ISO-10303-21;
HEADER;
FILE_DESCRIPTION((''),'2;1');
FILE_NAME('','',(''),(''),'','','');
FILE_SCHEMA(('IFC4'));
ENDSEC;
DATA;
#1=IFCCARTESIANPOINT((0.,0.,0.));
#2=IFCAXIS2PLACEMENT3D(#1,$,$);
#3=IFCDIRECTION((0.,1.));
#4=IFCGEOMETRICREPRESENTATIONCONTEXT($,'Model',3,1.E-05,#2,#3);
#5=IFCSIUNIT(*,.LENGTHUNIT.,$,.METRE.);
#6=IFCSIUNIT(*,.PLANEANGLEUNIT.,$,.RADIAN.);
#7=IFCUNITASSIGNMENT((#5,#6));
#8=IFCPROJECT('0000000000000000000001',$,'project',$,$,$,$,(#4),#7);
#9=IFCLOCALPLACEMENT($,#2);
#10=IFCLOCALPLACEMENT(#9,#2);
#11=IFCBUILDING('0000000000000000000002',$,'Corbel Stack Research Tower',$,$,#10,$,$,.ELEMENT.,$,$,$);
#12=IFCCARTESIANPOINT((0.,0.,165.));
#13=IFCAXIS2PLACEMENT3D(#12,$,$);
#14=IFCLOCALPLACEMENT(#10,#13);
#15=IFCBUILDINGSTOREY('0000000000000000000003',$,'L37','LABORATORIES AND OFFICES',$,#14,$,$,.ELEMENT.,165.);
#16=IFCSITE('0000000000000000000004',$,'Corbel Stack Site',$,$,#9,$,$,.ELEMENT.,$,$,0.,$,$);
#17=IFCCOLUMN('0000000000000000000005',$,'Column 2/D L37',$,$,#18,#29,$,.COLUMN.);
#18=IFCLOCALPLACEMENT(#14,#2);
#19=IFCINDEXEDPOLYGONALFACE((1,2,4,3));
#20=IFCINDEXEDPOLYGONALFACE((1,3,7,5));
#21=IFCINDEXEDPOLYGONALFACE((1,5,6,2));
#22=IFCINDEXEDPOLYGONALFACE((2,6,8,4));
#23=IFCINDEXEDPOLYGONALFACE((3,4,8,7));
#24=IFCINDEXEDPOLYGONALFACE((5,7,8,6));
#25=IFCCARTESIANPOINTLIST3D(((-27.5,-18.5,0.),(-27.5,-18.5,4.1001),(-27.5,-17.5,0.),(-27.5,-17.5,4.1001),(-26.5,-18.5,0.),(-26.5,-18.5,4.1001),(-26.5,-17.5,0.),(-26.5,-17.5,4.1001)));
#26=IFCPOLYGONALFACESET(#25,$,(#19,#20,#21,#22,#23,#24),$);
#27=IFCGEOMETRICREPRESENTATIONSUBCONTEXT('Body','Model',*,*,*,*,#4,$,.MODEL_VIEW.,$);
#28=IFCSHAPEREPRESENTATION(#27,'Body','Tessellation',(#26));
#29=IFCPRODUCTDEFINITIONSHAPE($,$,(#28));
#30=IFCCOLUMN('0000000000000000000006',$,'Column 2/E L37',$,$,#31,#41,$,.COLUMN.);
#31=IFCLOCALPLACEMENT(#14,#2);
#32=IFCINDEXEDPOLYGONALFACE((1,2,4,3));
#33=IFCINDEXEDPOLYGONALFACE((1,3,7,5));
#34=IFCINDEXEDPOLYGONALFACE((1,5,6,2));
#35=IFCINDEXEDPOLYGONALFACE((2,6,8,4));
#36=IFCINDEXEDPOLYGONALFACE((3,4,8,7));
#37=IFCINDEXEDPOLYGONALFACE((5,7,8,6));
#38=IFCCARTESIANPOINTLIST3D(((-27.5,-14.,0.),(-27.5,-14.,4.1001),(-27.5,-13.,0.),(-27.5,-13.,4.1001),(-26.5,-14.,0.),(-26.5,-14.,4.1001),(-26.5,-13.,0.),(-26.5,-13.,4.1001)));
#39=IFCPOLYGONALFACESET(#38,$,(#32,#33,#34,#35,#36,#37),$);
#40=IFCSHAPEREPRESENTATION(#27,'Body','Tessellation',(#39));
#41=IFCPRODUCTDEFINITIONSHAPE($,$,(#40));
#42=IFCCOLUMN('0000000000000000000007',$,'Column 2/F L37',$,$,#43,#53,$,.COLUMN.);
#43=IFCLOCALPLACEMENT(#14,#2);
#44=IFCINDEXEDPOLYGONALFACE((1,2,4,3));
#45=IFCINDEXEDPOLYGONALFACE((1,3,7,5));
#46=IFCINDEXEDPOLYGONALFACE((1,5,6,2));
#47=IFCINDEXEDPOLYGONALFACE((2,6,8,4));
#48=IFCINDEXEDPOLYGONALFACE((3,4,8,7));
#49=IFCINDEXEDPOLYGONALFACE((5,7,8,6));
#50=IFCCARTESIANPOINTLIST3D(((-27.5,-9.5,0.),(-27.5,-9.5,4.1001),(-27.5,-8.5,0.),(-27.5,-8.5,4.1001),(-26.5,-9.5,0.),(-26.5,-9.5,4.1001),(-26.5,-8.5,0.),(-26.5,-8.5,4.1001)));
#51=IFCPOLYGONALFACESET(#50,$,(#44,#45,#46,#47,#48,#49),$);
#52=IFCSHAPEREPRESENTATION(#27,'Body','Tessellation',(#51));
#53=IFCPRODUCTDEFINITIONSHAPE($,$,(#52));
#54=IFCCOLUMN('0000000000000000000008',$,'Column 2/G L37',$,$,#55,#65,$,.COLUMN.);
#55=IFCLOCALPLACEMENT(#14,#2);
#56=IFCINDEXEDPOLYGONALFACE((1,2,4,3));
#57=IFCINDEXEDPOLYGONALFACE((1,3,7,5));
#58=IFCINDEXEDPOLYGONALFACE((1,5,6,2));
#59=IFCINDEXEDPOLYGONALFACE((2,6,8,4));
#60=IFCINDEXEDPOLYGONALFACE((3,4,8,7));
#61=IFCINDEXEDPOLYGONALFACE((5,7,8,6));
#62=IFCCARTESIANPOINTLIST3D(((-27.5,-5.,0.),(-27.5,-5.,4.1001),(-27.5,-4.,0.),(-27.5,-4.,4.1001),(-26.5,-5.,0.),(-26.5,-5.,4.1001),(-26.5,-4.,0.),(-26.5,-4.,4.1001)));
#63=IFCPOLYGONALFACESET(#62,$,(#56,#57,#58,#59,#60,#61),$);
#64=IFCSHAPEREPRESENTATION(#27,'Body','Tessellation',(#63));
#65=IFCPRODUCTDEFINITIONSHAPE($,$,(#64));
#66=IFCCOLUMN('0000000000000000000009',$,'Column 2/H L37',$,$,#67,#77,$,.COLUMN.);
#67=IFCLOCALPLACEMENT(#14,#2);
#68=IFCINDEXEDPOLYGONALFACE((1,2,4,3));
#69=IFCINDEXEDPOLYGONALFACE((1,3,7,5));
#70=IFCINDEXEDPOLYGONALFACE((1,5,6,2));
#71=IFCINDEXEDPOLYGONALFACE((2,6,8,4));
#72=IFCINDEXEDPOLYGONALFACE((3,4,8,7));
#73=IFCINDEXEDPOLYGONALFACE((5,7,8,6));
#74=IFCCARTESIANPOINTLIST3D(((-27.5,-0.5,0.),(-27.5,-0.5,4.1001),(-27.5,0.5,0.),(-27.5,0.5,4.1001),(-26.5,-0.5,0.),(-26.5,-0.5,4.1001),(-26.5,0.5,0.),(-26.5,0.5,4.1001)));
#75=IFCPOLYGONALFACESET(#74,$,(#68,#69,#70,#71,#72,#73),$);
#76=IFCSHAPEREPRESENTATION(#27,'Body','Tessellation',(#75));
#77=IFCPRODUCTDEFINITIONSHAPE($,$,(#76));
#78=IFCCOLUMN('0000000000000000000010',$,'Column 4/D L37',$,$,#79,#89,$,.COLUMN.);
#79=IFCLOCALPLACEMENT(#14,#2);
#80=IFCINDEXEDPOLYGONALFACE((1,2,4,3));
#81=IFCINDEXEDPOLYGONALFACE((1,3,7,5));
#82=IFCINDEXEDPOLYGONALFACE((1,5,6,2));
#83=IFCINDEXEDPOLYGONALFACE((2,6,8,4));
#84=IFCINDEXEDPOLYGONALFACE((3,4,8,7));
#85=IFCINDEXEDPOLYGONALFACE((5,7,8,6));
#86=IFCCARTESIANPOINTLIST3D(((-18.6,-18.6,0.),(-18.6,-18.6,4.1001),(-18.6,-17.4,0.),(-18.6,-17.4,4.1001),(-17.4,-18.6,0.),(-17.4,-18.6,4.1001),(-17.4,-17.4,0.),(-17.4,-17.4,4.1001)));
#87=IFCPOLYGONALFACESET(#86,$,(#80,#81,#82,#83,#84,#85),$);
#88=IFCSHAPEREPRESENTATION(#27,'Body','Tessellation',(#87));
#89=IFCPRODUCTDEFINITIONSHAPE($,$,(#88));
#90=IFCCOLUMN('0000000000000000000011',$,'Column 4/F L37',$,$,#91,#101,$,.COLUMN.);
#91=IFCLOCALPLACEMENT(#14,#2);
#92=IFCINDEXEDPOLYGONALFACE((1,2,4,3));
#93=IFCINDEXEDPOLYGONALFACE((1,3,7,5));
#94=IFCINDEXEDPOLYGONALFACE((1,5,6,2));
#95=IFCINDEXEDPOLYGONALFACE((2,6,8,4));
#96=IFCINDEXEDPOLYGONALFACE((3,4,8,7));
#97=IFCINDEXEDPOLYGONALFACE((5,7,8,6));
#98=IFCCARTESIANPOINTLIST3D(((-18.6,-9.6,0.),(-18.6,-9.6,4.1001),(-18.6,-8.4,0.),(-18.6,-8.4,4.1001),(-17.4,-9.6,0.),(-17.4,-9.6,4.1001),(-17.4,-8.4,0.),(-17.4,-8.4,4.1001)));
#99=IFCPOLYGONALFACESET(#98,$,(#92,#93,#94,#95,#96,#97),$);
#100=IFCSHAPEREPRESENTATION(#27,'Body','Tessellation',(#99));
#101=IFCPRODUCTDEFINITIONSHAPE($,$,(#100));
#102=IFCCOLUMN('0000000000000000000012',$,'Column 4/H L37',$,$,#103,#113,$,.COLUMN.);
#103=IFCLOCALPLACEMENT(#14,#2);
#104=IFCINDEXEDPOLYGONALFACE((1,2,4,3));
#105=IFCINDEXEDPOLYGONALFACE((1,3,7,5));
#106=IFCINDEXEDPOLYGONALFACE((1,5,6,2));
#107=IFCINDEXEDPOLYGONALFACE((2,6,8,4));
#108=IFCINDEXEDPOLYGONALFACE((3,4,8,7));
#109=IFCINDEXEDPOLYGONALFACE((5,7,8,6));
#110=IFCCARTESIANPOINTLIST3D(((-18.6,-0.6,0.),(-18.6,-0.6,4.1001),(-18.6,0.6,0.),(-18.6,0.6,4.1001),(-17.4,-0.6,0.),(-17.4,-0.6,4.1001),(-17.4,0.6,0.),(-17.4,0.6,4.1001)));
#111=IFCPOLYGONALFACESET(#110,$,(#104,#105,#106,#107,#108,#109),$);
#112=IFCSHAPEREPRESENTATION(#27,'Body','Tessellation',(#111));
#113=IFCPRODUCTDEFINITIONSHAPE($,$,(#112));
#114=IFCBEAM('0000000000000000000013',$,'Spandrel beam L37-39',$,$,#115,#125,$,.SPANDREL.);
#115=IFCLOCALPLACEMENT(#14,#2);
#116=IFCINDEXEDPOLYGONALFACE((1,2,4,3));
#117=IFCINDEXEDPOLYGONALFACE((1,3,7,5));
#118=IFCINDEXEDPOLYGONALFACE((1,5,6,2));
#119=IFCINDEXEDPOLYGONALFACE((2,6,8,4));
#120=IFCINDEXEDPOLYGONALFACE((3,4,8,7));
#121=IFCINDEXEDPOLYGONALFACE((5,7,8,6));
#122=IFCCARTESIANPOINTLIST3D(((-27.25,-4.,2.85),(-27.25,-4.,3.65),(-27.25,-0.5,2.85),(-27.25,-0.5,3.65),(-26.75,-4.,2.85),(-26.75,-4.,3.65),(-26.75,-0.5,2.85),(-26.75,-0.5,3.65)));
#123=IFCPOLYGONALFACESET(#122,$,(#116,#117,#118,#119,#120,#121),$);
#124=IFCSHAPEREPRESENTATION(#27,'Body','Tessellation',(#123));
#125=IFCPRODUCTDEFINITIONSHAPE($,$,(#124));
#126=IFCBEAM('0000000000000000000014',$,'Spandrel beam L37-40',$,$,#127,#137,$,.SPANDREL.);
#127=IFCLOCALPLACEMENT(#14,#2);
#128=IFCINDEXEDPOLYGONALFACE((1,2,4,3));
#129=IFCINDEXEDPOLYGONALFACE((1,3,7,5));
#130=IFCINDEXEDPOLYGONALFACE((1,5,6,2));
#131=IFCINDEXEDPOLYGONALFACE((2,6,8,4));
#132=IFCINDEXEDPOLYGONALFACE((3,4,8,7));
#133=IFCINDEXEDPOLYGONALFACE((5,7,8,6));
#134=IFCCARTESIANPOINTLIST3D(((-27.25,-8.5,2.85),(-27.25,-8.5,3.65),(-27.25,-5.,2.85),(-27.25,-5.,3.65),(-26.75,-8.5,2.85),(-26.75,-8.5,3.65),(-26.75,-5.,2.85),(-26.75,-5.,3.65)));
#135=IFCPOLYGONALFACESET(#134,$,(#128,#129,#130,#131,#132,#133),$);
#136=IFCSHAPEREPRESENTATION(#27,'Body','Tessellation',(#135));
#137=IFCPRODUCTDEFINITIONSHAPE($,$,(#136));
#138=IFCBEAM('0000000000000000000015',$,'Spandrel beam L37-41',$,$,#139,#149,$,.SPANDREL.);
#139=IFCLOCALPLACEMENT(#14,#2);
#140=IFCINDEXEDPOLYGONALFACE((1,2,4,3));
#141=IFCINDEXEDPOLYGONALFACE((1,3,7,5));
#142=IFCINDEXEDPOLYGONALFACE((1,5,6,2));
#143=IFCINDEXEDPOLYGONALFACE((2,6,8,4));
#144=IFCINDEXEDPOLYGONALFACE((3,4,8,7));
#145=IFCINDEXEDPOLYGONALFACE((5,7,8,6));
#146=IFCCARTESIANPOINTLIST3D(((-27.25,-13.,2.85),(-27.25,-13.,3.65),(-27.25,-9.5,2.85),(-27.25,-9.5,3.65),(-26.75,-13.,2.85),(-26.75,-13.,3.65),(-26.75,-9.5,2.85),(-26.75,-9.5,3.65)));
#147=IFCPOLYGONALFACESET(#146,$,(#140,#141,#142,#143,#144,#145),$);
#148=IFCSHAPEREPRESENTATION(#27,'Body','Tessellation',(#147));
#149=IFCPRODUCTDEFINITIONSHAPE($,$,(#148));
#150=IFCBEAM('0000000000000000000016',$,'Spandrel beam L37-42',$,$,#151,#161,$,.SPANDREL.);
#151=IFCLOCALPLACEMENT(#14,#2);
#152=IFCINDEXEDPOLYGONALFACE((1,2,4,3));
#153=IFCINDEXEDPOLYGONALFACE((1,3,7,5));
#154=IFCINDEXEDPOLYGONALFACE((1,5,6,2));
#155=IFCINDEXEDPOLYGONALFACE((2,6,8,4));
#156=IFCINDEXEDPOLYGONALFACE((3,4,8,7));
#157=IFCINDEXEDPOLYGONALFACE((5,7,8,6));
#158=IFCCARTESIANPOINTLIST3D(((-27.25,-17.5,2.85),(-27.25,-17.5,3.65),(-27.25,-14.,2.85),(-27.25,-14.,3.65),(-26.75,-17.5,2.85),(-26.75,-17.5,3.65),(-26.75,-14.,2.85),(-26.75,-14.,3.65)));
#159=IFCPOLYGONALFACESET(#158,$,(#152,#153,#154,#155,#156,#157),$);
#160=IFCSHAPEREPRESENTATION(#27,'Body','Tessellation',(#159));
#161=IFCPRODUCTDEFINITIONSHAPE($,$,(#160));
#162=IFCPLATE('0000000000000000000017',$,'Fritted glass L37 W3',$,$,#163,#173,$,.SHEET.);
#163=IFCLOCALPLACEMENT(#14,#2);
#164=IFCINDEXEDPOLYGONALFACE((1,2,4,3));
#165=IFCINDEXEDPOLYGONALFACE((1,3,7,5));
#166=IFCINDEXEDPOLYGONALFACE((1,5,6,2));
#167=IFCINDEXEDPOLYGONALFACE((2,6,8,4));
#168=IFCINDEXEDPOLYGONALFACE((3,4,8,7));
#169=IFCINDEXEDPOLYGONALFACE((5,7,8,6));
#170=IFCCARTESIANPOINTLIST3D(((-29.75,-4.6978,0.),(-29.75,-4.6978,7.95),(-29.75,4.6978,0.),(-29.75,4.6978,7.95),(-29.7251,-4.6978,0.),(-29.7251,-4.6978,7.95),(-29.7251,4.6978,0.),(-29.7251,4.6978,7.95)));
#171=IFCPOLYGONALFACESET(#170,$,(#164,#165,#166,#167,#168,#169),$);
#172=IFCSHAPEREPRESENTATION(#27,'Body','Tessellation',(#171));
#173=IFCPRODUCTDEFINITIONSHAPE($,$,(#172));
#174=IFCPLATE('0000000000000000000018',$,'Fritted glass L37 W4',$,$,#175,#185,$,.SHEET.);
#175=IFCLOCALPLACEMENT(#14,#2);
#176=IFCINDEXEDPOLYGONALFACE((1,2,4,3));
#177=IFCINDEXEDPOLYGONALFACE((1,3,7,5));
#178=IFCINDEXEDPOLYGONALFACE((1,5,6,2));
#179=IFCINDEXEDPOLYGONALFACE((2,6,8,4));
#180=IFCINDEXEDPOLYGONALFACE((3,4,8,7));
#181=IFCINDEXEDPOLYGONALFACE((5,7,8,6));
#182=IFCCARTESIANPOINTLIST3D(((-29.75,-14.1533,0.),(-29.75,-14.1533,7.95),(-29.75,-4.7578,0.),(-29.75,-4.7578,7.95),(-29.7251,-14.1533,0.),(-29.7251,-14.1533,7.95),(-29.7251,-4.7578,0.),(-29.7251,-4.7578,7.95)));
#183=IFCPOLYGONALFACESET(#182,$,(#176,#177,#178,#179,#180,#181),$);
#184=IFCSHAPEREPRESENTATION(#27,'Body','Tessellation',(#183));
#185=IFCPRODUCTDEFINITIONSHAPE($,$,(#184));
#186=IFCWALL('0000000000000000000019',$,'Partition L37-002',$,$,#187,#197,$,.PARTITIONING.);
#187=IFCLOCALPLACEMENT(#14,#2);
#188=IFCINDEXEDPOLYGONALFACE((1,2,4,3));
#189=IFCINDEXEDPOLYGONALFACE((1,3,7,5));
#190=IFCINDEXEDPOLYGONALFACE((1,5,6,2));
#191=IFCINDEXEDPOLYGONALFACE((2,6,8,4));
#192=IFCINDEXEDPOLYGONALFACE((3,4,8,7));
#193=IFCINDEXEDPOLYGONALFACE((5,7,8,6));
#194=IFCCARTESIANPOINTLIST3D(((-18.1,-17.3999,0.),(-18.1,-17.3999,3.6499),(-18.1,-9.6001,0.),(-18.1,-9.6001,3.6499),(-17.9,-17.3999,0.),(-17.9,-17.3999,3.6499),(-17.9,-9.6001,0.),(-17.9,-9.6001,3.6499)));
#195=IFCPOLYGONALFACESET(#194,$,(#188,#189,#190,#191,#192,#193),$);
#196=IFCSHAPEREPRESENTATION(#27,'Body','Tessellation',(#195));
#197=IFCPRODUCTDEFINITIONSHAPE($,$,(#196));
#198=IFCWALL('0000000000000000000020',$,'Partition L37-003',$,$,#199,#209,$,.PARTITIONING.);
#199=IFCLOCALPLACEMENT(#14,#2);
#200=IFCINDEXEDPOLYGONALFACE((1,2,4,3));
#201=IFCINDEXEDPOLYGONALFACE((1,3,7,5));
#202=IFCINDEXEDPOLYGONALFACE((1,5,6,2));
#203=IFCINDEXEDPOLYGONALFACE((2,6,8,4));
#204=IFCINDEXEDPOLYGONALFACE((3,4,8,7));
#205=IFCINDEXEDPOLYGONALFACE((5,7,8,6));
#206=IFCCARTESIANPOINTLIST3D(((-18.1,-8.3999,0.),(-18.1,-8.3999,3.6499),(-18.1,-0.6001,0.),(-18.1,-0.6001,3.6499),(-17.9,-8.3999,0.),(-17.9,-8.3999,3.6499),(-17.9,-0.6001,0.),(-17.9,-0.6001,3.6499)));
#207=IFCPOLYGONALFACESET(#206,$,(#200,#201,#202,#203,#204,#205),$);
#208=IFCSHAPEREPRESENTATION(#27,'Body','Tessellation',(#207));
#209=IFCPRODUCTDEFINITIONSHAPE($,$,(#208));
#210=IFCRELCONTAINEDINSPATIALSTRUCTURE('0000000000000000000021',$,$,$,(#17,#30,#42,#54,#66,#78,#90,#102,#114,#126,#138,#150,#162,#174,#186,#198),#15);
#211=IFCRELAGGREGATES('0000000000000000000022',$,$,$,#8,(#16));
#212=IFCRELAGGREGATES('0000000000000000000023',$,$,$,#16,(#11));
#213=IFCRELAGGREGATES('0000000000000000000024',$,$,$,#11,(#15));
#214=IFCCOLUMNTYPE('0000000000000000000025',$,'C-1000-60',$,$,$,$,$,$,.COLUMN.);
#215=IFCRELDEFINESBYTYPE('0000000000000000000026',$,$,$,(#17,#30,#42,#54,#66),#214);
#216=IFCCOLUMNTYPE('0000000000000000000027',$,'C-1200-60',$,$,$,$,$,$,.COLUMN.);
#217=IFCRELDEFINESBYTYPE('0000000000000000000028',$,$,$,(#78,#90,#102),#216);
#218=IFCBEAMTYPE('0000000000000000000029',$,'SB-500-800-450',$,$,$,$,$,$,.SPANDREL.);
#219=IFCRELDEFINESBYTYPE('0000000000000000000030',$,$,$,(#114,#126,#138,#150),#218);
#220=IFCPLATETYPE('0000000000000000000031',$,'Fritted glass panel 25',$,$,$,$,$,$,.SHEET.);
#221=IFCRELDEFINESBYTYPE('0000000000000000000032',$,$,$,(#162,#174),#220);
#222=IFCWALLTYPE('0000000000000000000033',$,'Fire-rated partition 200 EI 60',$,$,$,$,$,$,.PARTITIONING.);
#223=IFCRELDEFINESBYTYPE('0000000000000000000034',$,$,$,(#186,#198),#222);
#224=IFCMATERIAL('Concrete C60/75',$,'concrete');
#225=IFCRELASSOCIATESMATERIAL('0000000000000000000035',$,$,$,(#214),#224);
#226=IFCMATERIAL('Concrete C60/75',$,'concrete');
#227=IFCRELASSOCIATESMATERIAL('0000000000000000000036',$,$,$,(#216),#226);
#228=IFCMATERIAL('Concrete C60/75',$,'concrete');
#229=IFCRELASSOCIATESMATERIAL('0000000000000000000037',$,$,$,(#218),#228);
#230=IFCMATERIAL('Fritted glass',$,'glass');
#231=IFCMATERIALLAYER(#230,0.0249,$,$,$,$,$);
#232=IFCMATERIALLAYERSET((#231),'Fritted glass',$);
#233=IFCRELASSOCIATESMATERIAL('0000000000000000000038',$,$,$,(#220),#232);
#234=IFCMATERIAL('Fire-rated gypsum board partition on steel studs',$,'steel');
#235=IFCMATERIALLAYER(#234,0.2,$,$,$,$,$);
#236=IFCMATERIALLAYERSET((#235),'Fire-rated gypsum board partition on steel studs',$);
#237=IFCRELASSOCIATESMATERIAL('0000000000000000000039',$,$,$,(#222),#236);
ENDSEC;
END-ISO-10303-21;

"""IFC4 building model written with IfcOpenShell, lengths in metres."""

from ifc_helpers import new_model, si_unit, direction, frame, frame_2d, origin, origin_2d, place, context, subcontext, project, spatial, rectangle, extrude, material, layer, layer_set, material_profile, profile_set, type_object, element, save


model = new_model("IFC4")

# Units and contexts
model_context = context("Model", 3, precision=1e-05, world=origin(), true_north=direction((0.0, 1.0)))
body_context = subcontext(model_context, "Body", "Model", "MODEL_VIEW")
ifc_project = project(units=[si_unit("LENGTHUNIT", "METRE"), si_unit("PLANEANGLEUNIT", "RADIAN")], contexts=[model_context])

# Site, building, storey
site_placement = place(None, origin())
site = spatial("IfcSite", under=ifc_project, at=site_placement, Name="Corbel Stack Site", CompositionType="ELEMENT", RefElevation=0.0)
building_placement = place(site_placement, origin())
building = spatial("IfcBuilding", under=site, at=building_placement, Name="Corbel Stack Research Tower", CompositionType="ELEMENT")
storey_placement = place(building_placement, frame((0.0, 0.0, 165.0)))
storey = spatial("IfcBuildingStorey", under=building, at=storey_placement, Name="L37", Description="LABORATORIES AND OFFICES", CompositionType="ELEMENT", Elevation=165.0)

# Columns
ifc_material_1 = material(Name="Concrete C60/75", Category="concrete")
ifc_material_profile_1 = material_profile(ifc_material_1, rectangle(XDim=1.0, YDim=1.0, at=origin_2d()), Name="RC 1000 x 1000")
ifc_profile_set_1 = profile_set([ifc_material_profile_1], Name="Concrete C60/75")
column_type_1 = type_object("IfcColumnType", Name="C-1000-60", PredefinedType="COLUMN", material=ifc_profile_set_1)
for number, where, z_axis, x_axis, name in (
    (1, (-27.0, -18.0, 0.0), (0.0, 0.0, 1.0), (1.0, 0.0, 0.0), "Column 2/D L37"),
    (2, (-27.0, -13.5, 0.0), (0.0, 0.0, 1.0), (1.0, 0.0, 0.0), "Column 2/E L37"),
    (3, (-27.0, -9.0, 0.0), (0.0, 0.0, 1.0), (1.0, 0.0, 0.0), "Column 2/F L37"),
    (4, (-27.0, -4.5, 0.0), (0.0, 0.0, 1.0), (1.0, 0.0, 0.0), "Column 2/G L37"),
    (5, (-27.0, 0.0, 0.0), (0.0, 0.0, 1.0), (1.0, 0.0, 0.0), "Column 2/H L37"),
):
    element("IfcColumn", number, at=place(storey_placement, frame(where, z_axis=z_axis, x_axis=x_axis)), inside=storey, type_object=column_type_1, Name=name, PredefinedType="COLUMN", context=body_context, shape_type="SweptSolid", body=[
        extrude(rectangle(XDim=1.0, YDim=1.0, at=origin_2d()), origin(), (0.0, 0.0, 1.0), 4.1001),
    ])
ifc_material_2 = material(Name="Concrete C60/75", Category="concrete")
ifc_material_profile_2 = material_profile(ifc_material_2, rectangle(XDim=1.2, YDim=1.2, at=origin_2d()), Name="RC 1200 x 1200")
ifc_profile_set_2 = profile_set([ifc_material_profile_2], Name="Concrete C60/75")
column_type_2 = type_object("IfcColumnType", Name="C-1200-60", PredefinedType="COLUMN", material=ifc_profile_set_2)
for number, where, z_axis, x_axis, name in (
    (6, (-18.0, -18.0, 0.0), (0.0, 0.0, 1.0), (1.0, 0.0, 0.0), "Column 4/D L37"),
    (7, (-18.0, -9.0, 0.0), (0.0, 0.0, 1.0), (1.0, 0.0, 0.0), "Column 4/F L37"),
    (8, (-18.0, 0.0, 0.0), (0.0, 0.0, 1.0), (1.0, 0.0, 0.0), "Column 4/H L37"),
):
    element("IfcColumn", number, at=place(storey_placement, frame(where, z_axis=z_axis, x_axis=x_axis)), inside=storey, type_object=column_type_2, Name=name, PredefinedType="COLUMN", context=body_context, shape_type="SweptSolid", body=[
        extrude(rectangle(XDim=1.2, YDim=1.2, at=origin_2d()), origin(), (0.0, 0.0, 1.0), 4.1001),
    ])

# Beams
ifc_material_3 = material(Name="Concrete C60/75", Category="concrete")
ifc_material_profile_3 = material_profile(ifc_material_3, rectangle(XDim=0.5, YDim=0.8, at=origin_2d()), Name="RC 500 x 800")
ifc_profile_set_3 = profile_set([ifc_material_profile_3], Name="Concrete C60/75")
beam_type = type_object("IfcBeamType", Name="SB-500-800-450", PredefinedType="SPANDREL", material=ifc_profile_set_3)
for number, where, z_axis, x_axis, name in (
    (9, (-27.0, -0.5, 3.25), (0.0, -1.0, 0.0), (1.0, 0.0, 0.0), "Spandrel beam L37-39"),
    (10, (-27.0, -5.0, 3.25), (0.0, -1.0, 0.0), (1.0, 0.0, 0.0), "Spandrel beam L37-40"),
    (11, (-27.0, -9.5, 3.25), (0.0, -1.0, 0.0), (1.0, 0.0, 0.0), "Spandrel beam L37-41"),
    (12, (-27.0, -14.0, 3.25), (0.0, -1.0, 0.0), (1.0, 0.0, 0.0), "Spandrel beam L37-42"),
):
    element("IfcBeam", number, at=place(storey_placement, frame(where, z_axis=z_axis, x_axis=x_axis)), inside=storey, type_object=beam_type, Name=name, PredefinedType="SPANDREL", context=body_context, shape_type="SweptSolid", body=[
        extrude(rectangle(XDim=0.5, YDim=0.8, at=origin_2d()), origin(), (0.0, 0.0, 1.0), 3.5),
    ])

# Plates
ifc_material_4 = material(Name="Fritted glass", Category="glass")
ifc_layer_1 = layer(ifc_material_4, 0.0249)
ifc_layer_set_1 = layer_set([ifc_layer_1], Name="Fritted glass")
plate_type = type_object("IfcPlateType", Name="Fritted glass panel 25", PredefinedType="SHEET", material=ifc_layer_set_1)
for number, where, z_axis, x_axis, name in (
    (13, (-29.7375, 0.0, 0.0), (0.0, 0.0, 1.0), (0.0, -1.0, 0.0), "Fritted glass L37 W3"),
    (14, (-29.7375, -9.4556, 0.0), (0.0, 0.0, 1.0), (0.0, -1.0, 0.0), "Fritted glass L37 W4"),
):
    element("IfcPlate", number, at=place(storey_placement, frame(where, z_axis=z_axis, x_axis=x_axis)), inside=storey, type_object=plate_type, Name=name, PredefinedType="SHEET", context=body_context, shape_type="SweptSolid", body=[
        extrude(rectangle(XDim=9.3955, YDim=0.0249, at=origin_2d()), origin(), (0.0, 0.0, 1.0), 7.95),
    ])

# Walls
ifc_material_5 = material(Name="Fire-rated gypsum board partition on steel studs", Category="steel")
ifc_layer_2 = layer(ifc_material_5, 0.2)
ifc_layer_set_2 = layer_set([ifc_layer_2], Name="Fire-rated gypsum board partition on steel studs")
wall_type_1 = type_object("IfcWallType", Name="Fire-rated partition 200 EI 60", PredefinedType="PARTITIONING", material=ifc_layer_set_2)
for number, where, z_axis, x_axis, name in (
    (15, (-18.0, -17.3999, 0.0), (0.0, 0.0, 1.0), (0.0, 1.0, 0.0), "Partition L37-002"),
    (16, (-18.0, -8.3999, 0.0), (0.0, 0.0, 1.0), (0.0, 1.0, 0.0), "Partition L37-003"),
):
    element("IfcWall", number, at=place(storey_placement, frame(where, z_axis=z_axis, x_axis=x_axis)), inside=storey, type_object=wall_type_1, Name=name, PredefinedType="PARTITIONING", context=body_context, shape_type="SweptSolid", body=[
        extrude(rectangle(XDim=7.7998, YDim=0.2, at=frame_2d((3.8999, 0.0))), origin(), (0.0, 0.0, 1.0), 3.6499),
    ])

save(model, "model.ifc")
